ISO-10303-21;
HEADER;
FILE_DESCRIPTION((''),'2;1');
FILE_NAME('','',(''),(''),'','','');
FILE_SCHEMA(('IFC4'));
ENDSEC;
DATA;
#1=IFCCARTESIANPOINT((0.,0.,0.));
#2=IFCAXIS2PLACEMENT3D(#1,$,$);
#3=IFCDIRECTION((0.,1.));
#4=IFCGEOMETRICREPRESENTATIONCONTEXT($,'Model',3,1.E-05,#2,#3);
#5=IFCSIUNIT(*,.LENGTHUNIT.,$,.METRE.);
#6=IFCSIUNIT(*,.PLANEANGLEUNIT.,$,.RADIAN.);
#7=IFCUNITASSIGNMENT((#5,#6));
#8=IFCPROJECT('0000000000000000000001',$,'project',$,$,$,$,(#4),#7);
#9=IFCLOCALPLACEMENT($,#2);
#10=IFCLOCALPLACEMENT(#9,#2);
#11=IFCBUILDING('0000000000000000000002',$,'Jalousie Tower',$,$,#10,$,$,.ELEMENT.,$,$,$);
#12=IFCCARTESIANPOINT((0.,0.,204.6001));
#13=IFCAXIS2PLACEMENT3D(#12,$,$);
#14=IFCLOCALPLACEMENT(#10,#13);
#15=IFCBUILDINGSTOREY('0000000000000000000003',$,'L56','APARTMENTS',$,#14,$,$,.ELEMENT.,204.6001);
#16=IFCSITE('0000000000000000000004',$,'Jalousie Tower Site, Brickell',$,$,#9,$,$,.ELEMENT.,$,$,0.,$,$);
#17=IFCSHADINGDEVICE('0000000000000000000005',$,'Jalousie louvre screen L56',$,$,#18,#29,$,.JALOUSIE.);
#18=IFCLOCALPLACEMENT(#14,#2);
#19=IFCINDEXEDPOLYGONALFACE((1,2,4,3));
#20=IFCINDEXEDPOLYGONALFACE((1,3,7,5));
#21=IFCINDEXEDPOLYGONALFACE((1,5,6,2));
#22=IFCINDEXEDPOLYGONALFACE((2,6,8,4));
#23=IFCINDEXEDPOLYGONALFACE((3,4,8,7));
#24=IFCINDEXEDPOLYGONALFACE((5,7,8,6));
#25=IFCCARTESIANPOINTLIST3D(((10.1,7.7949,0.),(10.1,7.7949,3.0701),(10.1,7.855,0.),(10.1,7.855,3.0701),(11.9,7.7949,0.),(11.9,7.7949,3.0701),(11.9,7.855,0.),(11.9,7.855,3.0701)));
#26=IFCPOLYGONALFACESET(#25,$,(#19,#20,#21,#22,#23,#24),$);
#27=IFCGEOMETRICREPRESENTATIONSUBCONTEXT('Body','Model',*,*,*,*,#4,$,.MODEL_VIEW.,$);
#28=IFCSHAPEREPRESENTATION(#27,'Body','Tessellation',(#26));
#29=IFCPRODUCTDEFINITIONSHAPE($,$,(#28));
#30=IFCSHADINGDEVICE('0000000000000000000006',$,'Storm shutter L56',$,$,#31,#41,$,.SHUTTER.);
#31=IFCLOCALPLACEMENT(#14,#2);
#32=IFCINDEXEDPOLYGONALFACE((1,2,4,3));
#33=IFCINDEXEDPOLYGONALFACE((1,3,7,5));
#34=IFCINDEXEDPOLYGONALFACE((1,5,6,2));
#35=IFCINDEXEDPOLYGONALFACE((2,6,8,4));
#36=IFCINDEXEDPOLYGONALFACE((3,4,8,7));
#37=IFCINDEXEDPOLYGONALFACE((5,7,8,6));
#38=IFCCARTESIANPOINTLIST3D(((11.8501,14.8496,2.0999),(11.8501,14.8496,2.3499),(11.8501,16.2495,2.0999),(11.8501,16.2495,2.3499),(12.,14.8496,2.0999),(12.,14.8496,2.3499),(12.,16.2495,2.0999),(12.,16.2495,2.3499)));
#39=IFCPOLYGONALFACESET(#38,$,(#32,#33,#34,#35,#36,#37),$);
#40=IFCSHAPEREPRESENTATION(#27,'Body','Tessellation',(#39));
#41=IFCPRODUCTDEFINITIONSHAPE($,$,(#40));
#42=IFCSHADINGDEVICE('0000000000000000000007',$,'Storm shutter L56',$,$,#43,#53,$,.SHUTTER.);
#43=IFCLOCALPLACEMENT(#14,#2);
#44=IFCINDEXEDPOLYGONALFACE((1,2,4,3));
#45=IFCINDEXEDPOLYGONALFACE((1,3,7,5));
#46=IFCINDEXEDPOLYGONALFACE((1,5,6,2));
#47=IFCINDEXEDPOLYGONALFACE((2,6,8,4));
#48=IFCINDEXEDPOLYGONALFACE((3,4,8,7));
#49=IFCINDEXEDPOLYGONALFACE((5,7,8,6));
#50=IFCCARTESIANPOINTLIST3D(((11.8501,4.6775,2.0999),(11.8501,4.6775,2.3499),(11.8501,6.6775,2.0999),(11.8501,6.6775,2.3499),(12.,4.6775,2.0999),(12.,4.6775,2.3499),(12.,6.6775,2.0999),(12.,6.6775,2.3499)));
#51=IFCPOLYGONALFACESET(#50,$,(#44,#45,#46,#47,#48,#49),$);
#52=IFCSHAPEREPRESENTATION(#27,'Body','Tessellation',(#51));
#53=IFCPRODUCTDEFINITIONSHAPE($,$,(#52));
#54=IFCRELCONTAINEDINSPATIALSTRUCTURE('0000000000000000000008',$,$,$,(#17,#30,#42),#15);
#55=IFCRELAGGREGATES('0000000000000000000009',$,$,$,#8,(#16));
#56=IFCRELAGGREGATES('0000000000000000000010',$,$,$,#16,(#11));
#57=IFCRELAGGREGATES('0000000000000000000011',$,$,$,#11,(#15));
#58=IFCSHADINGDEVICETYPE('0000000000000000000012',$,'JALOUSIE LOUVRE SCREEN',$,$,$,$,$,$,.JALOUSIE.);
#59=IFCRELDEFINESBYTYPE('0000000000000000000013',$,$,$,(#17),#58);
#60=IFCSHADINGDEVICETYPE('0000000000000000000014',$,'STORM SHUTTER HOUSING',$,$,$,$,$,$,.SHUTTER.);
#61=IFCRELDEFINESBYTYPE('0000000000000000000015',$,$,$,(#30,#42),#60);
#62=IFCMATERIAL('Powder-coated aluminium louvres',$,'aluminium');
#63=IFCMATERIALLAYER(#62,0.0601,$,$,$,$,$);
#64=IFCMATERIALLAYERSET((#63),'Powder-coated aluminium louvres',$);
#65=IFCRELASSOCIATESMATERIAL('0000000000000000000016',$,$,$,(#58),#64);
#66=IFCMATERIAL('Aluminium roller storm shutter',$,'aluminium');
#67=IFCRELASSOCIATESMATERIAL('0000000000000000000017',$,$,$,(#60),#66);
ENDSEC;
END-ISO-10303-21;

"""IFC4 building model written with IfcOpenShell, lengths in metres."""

from ifc_helpers import new_model, si_unit, direction, frame, origin, origin_2d, place, context, subcontext, project, spatial, rectangle, extrude, material, layer, layer_set, type_object, element, save


model = new_model("IFC4")

# Units and contexts
model_context = context("Model", 3, precision=1e-05, world=origin(), true_north=direction((0.0, 1.0)))
body_context = subcontext(model_context, "Body", "Model", "MODEL_VIEW")
ifc_project = project(units=[si_unit("LENGTHUNIT", "METRE"), si_unit("PLANEANGLEUNIT", "RADIAN")], contexts=[model_context])

# Site, building, storey
site_placement = place(None, origin())
site = spatial("IfcSite", under=ifc_project, at=site_placement, Name="Jalousie Tower Site, Brickell", CompositionType="ELEMENT", RefElevation=0.0)
building_placement = place(site_placement, origin())
building = spatial("IfcBuilding", under=site, at=building_placement, Name="Jalousie Tower", CompositionType="ELEMENT")
storey_placement = place(building_placement, frame((0.0, 0.0, 204.6001)))
storey = spatial("IfcBuildingStorey", under=building, at=storey_placement, Name="L56", Description="APARTMENTS", CompositionType="ELEMENT", Elevation=204.6001)

# Shading devices
ifc_material_1 = material(Name="Powder-coated aluminium louvres", Category="aluminium")
ifc_layer_1 = layer(ifc_material_1, 0.0601)
ifc_layer_set_1 = layer_set([ifc_layer_1], Name="Powder-coated aluminium louvres")
shading_device_type_1 = type_object("IfcShadingDeviceType", Name="JALOUSIE LOUVRE SCREEN", PredefinedType="JALOUSIE", material=ifc_layer_set_1)
for number, where, z_axis, x_axis, name in (
    (1, (11.0, 7.825, 0.0), (0.0, 0.0, 1.0), (0.0, -1.0, 0.0), "Jalousie louvre screen L56"),
):
    element("IfcShadingDevice", number, at=place(storey_placement, frame(where, z_axis=z_axis, x_axis=x_axis)), inside=storey, type_object=shading_device_type_1, Name=name, PredefinedType="JALOUSIE", context=body_context, shape_type="SweptSolid", body=[
        extrude(rectangle(XDim=0.0601, YDim=1.8, at=origin_2d()), origin(), (0.0, 0.0, 1.0), 3.0701),
    ])
ifc_material_2 = material(Name="Aluminium roller storm shutter", Category="aluminium")
shading_device_type_2 = type_object("IfcShadingDeviceType", Name="STORM SHUTTER HOUSING", PredefinedType="SHUTTER", material=ifc_material_2)
shading_device_1_placement = place(storey_placement, frame((11.925, 15.5496, 2.0999), z_axis=(0.0, 0.0, 1.0), x_axis=(0.0, -1.0, 0.0)))
element("IfcShadingDevice", 2, at=shading_device_1_placement, inside=storey, type_object=shading_device_type_2, Name="Storm shutter L56", PredefinedType="SHUTTER", context=body_context, shape_type="SweptSolid", body=[
    extrude(rectangle(XDim=1.3999, YDim=0.1499, at=origin_2d()), origin(), (0.0, 0.0, 1.0), 0.25),
])
shading_device_2_placement = place(storey_placement, frame((11.925, 5.6775, 2.0999), z_axis=(0.0, 0.0, 1.0), x_axis=(0.0, -1.0, 0.0)))
element("IfcShadingDevice", 3, at=shading_device_2_placement, inside=storey, type_object=shading_device_type_2, Name="Storm shutter L56", PredefinedType="SHUTTER", context=body_context, shape_type="SweptSolid", body=[
    extrude(rectangle(XDim=2.0, YDim=0.1499, at=origin_2d()), origin(), (0.0, 0.0, 1.0), 0.25),
])

save(model, "model.ifc")
